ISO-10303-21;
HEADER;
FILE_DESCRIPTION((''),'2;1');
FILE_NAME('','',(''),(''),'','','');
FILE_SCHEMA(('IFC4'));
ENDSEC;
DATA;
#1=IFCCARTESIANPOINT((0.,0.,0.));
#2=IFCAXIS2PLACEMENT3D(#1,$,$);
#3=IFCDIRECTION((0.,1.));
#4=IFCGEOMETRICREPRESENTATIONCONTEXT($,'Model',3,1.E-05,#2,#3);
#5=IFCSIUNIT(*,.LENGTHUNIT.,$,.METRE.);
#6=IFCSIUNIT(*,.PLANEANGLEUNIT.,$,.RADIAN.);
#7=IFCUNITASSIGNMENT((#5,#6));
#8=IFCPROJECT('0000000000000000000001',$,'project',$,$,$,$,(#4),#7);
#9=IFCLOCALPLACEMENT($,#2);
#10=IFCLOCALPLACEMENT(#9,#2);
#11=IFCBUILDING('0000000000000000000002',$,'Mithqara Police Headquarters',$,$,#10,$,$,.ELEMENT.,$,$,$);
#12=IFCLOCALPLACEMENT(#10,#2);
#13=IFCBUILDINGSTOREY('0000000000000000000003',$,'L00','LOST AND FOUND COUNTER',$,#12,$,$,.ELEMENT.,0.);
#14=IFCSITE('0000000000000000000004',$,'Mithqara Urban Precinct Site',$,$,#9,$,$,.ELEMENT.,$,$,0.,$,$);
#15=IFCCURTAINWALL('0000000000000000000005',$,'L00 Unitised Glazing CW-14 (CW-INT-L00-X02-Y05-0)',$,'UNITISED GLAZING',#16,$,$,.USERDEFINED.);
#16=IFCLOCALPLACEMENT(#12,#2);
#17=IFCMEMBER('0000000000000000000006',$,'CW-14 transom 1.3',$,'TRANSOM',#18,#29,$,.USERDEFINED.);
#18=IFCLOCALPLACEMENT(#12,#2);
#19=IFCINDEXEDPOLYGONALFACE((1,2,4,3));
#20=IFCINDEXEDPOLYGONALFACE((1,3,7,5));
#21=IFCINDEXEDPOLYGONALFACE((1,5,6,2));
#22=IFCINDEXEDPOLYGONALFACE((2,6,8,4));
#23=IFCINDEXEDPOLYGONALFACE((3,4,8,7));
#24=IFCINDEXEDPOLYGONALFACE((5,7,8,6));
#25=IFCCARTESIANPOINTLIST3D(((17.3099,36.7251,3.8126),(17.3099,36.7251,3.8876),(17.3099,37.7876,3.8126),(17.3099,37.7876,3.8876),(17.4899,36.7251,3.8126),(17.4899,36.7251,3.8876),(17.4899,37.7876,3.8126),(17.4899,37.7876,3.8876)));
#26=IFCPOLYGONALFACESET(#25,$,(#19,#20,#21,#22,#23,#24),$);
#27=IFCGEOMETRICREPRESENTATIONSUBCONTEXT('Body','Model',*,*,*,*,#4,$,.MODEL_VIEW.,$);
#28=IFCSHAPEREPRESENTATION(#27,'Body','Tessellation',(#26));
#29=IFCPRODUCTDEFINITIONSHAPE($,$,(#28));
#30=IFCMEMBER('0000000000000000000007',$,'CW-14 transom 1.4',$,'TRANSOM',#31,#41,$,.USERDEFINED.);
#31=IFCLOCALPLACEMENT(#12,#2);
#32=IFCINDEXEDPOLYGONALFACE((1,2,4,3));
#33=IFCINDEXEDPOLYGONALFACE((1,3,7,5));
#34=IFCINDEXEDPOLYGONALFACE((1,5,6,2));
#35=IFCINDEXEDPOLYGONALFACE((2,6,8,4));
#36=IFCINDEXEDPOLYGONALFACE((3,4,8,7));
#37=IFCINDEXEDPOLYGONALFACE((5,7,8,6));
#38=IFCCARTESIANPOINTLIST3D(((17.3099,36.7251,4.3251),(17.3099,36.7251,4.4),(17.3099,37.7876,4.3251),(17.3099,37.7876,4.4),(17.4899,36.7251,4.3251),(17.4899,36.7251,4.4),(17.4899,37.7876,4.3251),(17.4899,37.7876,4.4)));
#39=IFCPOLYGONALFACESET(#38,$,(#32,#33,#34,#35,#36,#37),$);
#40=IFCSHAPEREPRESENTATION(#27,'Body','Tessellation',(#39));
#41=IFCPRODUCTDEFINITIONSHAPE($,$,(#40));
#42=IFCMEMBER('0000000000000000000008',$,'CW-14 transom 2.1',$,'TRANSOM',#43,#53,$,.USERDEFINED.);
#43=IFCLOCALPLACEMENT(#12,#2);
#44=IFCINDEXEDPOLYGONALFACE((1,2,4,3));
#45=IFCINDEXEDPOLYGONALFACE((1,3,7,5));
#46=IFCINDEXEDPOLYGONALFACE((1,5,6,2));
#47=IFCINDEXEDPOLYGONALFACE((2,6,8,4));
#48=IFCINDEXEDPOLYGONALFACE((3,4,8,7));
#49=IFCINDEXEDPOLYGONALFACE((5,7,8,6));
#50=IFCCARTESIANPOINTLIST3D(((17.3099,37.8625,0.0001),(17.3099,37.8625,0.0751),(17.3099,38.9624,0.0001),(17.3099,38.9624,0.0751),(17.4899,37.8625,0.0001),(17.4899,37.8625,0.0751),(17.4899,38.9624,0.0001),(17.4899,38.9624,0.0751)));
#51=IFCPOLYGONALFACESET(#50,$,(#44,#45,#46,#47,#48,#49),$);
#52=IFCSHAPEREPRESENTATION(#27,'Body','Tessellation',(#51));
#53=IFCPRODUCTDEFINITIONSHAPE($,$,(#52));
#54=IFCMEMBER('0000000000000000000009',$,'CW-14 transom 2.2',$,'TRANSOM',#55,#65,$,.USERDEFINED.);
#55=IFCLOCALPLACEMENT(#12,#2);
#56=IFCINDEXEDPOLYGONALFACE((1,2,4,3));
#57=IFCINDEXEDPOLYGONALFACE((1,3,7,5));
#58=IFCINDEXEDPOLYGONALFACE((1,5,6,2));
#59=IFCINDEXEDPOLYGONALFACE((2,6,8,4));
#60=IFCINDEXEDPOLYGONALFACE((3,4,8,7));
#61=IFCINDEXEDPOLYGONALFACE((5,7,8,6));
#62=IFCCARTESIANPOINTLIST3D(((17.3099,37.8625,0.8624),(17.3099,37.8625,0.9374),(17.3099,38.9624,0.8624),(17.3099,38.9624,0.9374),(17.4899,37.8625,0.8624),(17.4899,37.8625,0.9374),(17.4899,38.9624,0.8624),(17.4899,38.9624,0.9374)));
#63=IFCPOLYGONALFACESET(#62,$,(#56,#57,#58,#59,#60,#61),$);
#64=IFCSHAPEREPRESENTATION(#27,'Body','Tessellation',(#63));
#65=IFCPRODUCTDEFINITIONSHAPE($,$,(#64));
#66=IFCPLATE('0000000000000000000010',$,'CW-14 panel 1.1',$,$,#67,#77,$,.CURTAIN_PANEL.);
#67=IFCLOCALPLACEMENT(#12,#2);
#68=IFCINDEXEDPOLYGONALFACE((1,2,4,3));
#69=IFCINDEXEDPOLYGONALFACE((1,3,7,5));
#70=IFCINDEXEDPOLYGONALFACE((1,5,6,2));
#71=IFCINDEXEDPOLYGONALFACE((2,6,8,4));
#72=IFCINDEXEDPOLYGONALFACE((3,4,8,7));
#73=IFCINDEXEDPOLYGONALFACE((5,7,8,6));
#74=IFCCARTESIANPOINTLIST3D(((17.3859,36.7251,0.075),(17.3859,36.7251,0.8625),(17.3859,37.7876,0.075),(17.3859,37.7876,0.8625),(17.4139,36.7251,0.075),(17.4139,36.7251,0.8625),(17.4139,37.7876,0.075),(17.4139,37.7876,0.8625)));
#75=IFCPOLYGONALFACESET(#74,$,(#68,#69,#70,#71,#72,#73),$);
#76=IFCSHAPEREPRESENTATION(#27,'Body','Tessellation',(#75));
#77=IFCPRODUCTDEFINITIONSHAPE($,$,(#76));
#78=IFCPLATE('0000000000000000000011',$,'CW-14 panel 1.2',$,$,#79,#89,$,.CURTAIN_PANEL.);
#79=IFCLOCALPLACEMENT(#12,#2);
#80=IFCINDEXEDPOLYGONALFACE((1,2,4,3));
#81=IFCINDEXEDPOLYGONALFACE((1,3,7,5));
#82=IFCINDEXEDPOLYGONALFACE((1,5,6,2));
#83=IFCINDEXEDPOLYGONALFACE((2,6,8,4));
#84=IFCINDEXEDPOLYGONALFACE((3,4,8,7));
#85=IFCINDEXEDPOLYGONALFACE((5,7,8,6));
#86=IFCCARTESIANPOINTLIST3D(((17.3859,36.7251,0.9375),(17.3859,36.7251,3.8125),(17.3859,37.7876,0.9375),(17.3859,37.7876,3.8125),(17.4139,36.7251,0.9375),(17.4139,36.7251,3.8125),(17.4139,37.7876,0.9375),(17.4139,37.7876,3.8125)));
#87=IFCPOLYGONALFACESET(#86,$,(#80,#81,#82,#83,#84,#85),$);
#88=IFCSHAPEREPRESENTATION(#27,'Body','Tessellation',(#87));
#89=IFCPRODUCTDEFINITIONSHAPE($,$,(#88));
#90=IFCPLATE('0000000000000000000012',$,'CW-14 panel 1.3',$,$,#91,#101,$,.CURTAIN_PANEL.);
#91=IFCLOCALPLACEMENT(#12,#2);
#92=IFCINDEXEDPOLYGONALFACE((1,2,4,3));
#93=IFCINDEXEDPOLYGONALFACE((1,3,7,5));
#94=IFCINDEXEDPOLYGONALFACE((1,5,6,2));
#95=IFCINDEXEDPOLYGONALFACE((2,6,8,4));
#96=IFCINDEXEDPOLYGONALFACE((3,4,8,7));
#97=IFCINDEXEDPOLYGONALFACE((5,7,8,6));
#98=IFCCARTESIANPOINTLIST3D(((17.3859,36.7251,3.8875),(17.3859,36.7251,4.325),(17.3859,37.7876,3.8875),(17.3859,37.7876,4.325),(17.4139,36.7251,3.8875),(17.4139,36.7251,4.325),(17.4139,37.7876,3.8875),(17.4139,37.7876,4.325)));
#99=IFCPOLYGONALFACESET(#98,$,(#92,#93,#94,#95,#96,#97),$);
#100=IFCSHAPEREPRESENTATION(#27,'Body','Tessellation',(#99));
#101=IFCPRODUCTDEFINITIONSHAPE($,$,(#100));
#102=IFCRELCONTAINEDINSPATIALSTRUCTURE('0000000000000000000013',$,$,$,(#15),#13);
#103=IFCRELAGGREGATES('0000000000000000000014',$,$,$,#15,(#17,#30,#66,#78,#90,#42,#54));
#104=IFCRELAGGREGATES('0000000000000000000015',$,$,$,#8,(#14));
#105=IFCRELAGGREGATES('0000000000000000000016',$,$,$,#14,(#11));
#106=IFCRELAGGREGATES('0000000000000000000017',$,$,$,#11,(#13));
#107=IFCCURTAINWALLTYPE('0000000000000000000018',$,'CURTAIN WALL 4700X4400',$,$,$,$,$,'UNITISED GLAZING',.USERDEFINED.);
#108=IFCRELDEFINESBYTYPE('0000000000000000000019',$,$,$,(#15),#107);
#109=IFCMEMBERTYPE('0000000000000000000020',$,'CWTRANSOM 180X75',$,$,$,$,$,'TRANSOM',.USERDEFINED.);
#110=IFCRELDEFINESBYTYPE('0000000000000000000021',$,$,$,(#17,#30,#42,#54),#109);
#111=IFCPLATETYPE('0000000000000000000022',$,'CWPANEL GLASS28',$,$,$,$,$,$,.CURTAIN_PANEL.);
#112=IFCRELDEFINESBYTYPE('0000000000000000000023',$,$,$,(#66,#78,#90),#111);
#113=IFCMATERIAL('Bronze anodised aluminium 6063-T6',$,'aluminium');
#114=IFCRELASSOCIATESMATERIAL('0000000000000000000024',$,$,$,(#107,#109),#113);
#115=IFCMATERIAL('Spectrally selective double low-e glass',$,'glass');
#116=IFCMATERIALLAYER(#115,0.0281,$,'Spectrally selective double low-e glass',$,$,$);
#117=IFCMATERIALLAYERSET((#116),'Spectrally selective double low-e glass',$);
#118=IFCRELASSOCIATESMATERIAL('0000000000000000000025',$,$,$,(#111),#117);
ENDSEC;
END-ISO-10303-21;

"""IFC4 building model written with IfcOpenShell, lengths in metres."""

from ifc_helpers import new_model, si_unit, direction, frame, origin, origin_2d, place, context, subcontext, project, spatial, rectangle, extrude, material, layer, layer_set, material_profile, profile_set, type_object, element, aggregate, save


model = new_model("IFC4")

# Units and contexts
model_context = context("Model", 3, precision=1e-05, world=origin(), true_north=direction((0.0, 1.0)))
body_context = subcontext(model_context, "Body", "Model", "MODEL_VIEW")
ifc_project = project(units=[si_unit("LENGTHUNIT", "METRE"), si_unit("PLANEANGLEUNIT", "RADIAN")], contexts=[model_context])

# Site, building, storey
site_placement = place(None, origin())
site = spatial("IfcSite", under=ifc_project, at=site_placement, Name="Mithqara Urban Precinct Site", CompositionType="ELEMENT", RefElevation=0.0)
building_placement = place(site_placement, origin())
building = spatial("IfcBuilding", under=site, at=building_placement, Name="Mithqara Police Headquarters", CompositionType="ELEMENT")
storey_placement = place(building_placement, origin())
storey = spatial("IfcBuildingStorey", under=building, at=storey_placement, Name="L00", Description="LOST AND FOUND COUNTER", CompositionType="ELEMENT", Elevation=0.0)

# Curtain wall, members, plates
ifc_material_1 = material(Name="Bronze anodised aluminium 6063-T6", Category="aluminium")
curtain_wall_type = type_object("IfcCurtainWallType", Name="CURTAIN WALL 4700X4400", ElementType="UNITISED GLAZING", PredefinedType="USERDEFINED", material=ifc_material_1)
curtain_wall_placement = place(storey_placement, origin())
curtain_wall = element("IfcCurtainWall", 1, at=curtain_wall_placement, inside=storey, type_object=curtain_wall_type, Name="L00 Unitised Glazing CW-14 (CW-INT-L00-X02-Y05-0)", ObjectType="UNITISED GLAZING", PredefinedType="USERDEFINED")
ifc_material_profile_1 = material_profile(ifc_material_1, rectangle(XDim=0.1799, YDim=0.075, at=origin_2d()), Name="CWT 180x75")
ifc_profile_set_1 = profile_set([ifc_material_profile_1], Name="Bronze anodised aluminium 6063-T6")
member_type_1 = type_object("IfcMemberType", Name="CWTRANSOM 180X75", ElementType="TRANSOM", PredefinedType="USERDEFINED", material=ifc_profile_set_1)
member_1_placement = place(storey_placement, frame((17.3999, 36.7251, 3.8501), z_axis=(0.0, 1.0, 0.0), x_axis=(-1.0, 0.0, 0.0)))
member_1 = element("IfcMember", 2, at=member_1_placement, type_object=member_type_1, Name="CW-14 transom 1.3", ObjectType="TRANSOM", PredefinedType="USERDEFINED", context=body_context, shape_type="SweptSolid", body=[
    extrude(rectangle(XDim=0.1799, YDim=0.075, at=origin_2d()), origin(), (0.0, 0.0, 1.0), 1.0625),
])
member_2_placement = place(storey_placement, frame((17.3999, 36.7251, 4.3625), z_axis=(0.0, 1.0, 0.0), x_axis=(-1.0, 0.0, 0.0)))
member_2 = element("IfcMember", 3, at=member_2_placement, type_object=member_type_1, Name="CW-14 transom 1.4", ObjectType="TRANSOM", PredefinedType="USERDEFINED", context=body_context, shape_type="SweptSolid", body=[
    extrude(rectangle(XDim=0.1799, YDim=0.075, at=origin_2d()), origin(), (0.0, 0.0, 1.0), 1.0625),
])
member_3_placement = place(storey_placement, frame((17.3999, 37.8625, 0.0376), z_axis=(0.0, 1.0, 0.0), x_axis=(-1.0, 0.0, 0.0)))
member_3 = element("IfcMember", 4, at=member_3_placement, type_object=member_type_1, Name="CW-14 transom 2.1", ObjectType="TRANSOM", PredefinedType="USERDEFINED", context=body_context, shape_type="SweptSolid", body=[
    extrude(rectangle(XDim=0.1799, YDim=0.075, at=origin_2d()), origin(), (0.0, 0.0, 1.0), 1.0999),
])
member_4_placement = place(storey_placement, frame((17.3999, 37.8625, 0.8999), z_axis=(0.0, 1.0, 0.0), x_axis=(-1.0, 0.0, 0.0)))
member_4 = element("IfcMember", 5, at=member_4_placement, type_object=member_type_1, Name="CW-14 transom 2.2", ObjectType="TRANSOM", PredefinedType="USERDEFINED", context=body_context, shape_type="SweptSolid", body=[
    extrude(rectangle(XDim=0.1799, YDim=0.075, at=origin_2d()), origin(), (0.0, 0.0, 1.0), 1.0999),
])
ifc_material_2 = material(Name="Spectrally selective double low-e glass", Category="glass")
ifc_layer = layer(ifc_material_2, 0.0281, Name="Spectrally selective double low-e glass")
ifc_layer_set = layer_set([ifc_layer], Name="Spectrally selective double low-e glass")
plate_type = type_object("IfcPlateType", Name="CWPANEL GLASS28", PredefinedType="CURTAIN_PANEL", material=ifc_layer_set)
plate_1_placement = place(storey_placement, frame((17.3999, 37.2563, 0.075), z_axis=(0.0, 0.0, 1.0), x_axis=(0.0, 1.0, 0.0)))
plate_1 = element("IfcPlate", 6, at=plate_1_placement, type_object=plate_type, Name="CW-14 panel 1.1", PredefinedType="CURTAIN_PANEL", context=body_context, shape_type="SweptSolid", body=[
    extrude(rectangle(XDim=1.0625, YDim=0.0281, at=origin_2d()), origin(), (0.0, 0.0, 1.0), 0.7876),
])
plate_2_placement = place(storey_placement, frame((17.3999, 37.2563, 0.9375), z_axis=(0.0, 0.0, 1.0), x_axis=(0.0, 1.0, 0.0)))
plate_2 = element("IfcPlate", 7, at=plate_2_placement, type_object=plate_type, Name="CW-14 panel 1.2", PredefinedType="CURTAIN_PANEL", context=body_context, shape_type="SweptSolid", body=[
    extrude(rectangle(XDim=1.0625, YDim=0.0281, at=origin_2d()), origin(), (0.0, 0.0, 1.0), 2.875),
])
plate_3_placement = place(storey_placement, frame((17.3999, 37.2563, 3.8875), z_axis=(0.0, 0.0, 1.0), x_axis=(0.0, 1.0, 0.0)))
plate_3 = element("IfcPlate", 8, at=plate_3_placement, type_object=plate_type, Name="CW-14 panel 1.3", PredefinedType="CURTAIN_PANEL", context=body_context, shape_type="SweptSolid", body=[
    extrude(rectangle(XDim=1.0625, YDim=0.0281, at=origin_2d()), origin(), (0.0, 0.0, 1.0), 0.4375),
])
aggregate(curtain_wall, [member_1, member_2, plate_1, plate_2, plate_3, member_3, member_4])

save(model, "model.ifc")
